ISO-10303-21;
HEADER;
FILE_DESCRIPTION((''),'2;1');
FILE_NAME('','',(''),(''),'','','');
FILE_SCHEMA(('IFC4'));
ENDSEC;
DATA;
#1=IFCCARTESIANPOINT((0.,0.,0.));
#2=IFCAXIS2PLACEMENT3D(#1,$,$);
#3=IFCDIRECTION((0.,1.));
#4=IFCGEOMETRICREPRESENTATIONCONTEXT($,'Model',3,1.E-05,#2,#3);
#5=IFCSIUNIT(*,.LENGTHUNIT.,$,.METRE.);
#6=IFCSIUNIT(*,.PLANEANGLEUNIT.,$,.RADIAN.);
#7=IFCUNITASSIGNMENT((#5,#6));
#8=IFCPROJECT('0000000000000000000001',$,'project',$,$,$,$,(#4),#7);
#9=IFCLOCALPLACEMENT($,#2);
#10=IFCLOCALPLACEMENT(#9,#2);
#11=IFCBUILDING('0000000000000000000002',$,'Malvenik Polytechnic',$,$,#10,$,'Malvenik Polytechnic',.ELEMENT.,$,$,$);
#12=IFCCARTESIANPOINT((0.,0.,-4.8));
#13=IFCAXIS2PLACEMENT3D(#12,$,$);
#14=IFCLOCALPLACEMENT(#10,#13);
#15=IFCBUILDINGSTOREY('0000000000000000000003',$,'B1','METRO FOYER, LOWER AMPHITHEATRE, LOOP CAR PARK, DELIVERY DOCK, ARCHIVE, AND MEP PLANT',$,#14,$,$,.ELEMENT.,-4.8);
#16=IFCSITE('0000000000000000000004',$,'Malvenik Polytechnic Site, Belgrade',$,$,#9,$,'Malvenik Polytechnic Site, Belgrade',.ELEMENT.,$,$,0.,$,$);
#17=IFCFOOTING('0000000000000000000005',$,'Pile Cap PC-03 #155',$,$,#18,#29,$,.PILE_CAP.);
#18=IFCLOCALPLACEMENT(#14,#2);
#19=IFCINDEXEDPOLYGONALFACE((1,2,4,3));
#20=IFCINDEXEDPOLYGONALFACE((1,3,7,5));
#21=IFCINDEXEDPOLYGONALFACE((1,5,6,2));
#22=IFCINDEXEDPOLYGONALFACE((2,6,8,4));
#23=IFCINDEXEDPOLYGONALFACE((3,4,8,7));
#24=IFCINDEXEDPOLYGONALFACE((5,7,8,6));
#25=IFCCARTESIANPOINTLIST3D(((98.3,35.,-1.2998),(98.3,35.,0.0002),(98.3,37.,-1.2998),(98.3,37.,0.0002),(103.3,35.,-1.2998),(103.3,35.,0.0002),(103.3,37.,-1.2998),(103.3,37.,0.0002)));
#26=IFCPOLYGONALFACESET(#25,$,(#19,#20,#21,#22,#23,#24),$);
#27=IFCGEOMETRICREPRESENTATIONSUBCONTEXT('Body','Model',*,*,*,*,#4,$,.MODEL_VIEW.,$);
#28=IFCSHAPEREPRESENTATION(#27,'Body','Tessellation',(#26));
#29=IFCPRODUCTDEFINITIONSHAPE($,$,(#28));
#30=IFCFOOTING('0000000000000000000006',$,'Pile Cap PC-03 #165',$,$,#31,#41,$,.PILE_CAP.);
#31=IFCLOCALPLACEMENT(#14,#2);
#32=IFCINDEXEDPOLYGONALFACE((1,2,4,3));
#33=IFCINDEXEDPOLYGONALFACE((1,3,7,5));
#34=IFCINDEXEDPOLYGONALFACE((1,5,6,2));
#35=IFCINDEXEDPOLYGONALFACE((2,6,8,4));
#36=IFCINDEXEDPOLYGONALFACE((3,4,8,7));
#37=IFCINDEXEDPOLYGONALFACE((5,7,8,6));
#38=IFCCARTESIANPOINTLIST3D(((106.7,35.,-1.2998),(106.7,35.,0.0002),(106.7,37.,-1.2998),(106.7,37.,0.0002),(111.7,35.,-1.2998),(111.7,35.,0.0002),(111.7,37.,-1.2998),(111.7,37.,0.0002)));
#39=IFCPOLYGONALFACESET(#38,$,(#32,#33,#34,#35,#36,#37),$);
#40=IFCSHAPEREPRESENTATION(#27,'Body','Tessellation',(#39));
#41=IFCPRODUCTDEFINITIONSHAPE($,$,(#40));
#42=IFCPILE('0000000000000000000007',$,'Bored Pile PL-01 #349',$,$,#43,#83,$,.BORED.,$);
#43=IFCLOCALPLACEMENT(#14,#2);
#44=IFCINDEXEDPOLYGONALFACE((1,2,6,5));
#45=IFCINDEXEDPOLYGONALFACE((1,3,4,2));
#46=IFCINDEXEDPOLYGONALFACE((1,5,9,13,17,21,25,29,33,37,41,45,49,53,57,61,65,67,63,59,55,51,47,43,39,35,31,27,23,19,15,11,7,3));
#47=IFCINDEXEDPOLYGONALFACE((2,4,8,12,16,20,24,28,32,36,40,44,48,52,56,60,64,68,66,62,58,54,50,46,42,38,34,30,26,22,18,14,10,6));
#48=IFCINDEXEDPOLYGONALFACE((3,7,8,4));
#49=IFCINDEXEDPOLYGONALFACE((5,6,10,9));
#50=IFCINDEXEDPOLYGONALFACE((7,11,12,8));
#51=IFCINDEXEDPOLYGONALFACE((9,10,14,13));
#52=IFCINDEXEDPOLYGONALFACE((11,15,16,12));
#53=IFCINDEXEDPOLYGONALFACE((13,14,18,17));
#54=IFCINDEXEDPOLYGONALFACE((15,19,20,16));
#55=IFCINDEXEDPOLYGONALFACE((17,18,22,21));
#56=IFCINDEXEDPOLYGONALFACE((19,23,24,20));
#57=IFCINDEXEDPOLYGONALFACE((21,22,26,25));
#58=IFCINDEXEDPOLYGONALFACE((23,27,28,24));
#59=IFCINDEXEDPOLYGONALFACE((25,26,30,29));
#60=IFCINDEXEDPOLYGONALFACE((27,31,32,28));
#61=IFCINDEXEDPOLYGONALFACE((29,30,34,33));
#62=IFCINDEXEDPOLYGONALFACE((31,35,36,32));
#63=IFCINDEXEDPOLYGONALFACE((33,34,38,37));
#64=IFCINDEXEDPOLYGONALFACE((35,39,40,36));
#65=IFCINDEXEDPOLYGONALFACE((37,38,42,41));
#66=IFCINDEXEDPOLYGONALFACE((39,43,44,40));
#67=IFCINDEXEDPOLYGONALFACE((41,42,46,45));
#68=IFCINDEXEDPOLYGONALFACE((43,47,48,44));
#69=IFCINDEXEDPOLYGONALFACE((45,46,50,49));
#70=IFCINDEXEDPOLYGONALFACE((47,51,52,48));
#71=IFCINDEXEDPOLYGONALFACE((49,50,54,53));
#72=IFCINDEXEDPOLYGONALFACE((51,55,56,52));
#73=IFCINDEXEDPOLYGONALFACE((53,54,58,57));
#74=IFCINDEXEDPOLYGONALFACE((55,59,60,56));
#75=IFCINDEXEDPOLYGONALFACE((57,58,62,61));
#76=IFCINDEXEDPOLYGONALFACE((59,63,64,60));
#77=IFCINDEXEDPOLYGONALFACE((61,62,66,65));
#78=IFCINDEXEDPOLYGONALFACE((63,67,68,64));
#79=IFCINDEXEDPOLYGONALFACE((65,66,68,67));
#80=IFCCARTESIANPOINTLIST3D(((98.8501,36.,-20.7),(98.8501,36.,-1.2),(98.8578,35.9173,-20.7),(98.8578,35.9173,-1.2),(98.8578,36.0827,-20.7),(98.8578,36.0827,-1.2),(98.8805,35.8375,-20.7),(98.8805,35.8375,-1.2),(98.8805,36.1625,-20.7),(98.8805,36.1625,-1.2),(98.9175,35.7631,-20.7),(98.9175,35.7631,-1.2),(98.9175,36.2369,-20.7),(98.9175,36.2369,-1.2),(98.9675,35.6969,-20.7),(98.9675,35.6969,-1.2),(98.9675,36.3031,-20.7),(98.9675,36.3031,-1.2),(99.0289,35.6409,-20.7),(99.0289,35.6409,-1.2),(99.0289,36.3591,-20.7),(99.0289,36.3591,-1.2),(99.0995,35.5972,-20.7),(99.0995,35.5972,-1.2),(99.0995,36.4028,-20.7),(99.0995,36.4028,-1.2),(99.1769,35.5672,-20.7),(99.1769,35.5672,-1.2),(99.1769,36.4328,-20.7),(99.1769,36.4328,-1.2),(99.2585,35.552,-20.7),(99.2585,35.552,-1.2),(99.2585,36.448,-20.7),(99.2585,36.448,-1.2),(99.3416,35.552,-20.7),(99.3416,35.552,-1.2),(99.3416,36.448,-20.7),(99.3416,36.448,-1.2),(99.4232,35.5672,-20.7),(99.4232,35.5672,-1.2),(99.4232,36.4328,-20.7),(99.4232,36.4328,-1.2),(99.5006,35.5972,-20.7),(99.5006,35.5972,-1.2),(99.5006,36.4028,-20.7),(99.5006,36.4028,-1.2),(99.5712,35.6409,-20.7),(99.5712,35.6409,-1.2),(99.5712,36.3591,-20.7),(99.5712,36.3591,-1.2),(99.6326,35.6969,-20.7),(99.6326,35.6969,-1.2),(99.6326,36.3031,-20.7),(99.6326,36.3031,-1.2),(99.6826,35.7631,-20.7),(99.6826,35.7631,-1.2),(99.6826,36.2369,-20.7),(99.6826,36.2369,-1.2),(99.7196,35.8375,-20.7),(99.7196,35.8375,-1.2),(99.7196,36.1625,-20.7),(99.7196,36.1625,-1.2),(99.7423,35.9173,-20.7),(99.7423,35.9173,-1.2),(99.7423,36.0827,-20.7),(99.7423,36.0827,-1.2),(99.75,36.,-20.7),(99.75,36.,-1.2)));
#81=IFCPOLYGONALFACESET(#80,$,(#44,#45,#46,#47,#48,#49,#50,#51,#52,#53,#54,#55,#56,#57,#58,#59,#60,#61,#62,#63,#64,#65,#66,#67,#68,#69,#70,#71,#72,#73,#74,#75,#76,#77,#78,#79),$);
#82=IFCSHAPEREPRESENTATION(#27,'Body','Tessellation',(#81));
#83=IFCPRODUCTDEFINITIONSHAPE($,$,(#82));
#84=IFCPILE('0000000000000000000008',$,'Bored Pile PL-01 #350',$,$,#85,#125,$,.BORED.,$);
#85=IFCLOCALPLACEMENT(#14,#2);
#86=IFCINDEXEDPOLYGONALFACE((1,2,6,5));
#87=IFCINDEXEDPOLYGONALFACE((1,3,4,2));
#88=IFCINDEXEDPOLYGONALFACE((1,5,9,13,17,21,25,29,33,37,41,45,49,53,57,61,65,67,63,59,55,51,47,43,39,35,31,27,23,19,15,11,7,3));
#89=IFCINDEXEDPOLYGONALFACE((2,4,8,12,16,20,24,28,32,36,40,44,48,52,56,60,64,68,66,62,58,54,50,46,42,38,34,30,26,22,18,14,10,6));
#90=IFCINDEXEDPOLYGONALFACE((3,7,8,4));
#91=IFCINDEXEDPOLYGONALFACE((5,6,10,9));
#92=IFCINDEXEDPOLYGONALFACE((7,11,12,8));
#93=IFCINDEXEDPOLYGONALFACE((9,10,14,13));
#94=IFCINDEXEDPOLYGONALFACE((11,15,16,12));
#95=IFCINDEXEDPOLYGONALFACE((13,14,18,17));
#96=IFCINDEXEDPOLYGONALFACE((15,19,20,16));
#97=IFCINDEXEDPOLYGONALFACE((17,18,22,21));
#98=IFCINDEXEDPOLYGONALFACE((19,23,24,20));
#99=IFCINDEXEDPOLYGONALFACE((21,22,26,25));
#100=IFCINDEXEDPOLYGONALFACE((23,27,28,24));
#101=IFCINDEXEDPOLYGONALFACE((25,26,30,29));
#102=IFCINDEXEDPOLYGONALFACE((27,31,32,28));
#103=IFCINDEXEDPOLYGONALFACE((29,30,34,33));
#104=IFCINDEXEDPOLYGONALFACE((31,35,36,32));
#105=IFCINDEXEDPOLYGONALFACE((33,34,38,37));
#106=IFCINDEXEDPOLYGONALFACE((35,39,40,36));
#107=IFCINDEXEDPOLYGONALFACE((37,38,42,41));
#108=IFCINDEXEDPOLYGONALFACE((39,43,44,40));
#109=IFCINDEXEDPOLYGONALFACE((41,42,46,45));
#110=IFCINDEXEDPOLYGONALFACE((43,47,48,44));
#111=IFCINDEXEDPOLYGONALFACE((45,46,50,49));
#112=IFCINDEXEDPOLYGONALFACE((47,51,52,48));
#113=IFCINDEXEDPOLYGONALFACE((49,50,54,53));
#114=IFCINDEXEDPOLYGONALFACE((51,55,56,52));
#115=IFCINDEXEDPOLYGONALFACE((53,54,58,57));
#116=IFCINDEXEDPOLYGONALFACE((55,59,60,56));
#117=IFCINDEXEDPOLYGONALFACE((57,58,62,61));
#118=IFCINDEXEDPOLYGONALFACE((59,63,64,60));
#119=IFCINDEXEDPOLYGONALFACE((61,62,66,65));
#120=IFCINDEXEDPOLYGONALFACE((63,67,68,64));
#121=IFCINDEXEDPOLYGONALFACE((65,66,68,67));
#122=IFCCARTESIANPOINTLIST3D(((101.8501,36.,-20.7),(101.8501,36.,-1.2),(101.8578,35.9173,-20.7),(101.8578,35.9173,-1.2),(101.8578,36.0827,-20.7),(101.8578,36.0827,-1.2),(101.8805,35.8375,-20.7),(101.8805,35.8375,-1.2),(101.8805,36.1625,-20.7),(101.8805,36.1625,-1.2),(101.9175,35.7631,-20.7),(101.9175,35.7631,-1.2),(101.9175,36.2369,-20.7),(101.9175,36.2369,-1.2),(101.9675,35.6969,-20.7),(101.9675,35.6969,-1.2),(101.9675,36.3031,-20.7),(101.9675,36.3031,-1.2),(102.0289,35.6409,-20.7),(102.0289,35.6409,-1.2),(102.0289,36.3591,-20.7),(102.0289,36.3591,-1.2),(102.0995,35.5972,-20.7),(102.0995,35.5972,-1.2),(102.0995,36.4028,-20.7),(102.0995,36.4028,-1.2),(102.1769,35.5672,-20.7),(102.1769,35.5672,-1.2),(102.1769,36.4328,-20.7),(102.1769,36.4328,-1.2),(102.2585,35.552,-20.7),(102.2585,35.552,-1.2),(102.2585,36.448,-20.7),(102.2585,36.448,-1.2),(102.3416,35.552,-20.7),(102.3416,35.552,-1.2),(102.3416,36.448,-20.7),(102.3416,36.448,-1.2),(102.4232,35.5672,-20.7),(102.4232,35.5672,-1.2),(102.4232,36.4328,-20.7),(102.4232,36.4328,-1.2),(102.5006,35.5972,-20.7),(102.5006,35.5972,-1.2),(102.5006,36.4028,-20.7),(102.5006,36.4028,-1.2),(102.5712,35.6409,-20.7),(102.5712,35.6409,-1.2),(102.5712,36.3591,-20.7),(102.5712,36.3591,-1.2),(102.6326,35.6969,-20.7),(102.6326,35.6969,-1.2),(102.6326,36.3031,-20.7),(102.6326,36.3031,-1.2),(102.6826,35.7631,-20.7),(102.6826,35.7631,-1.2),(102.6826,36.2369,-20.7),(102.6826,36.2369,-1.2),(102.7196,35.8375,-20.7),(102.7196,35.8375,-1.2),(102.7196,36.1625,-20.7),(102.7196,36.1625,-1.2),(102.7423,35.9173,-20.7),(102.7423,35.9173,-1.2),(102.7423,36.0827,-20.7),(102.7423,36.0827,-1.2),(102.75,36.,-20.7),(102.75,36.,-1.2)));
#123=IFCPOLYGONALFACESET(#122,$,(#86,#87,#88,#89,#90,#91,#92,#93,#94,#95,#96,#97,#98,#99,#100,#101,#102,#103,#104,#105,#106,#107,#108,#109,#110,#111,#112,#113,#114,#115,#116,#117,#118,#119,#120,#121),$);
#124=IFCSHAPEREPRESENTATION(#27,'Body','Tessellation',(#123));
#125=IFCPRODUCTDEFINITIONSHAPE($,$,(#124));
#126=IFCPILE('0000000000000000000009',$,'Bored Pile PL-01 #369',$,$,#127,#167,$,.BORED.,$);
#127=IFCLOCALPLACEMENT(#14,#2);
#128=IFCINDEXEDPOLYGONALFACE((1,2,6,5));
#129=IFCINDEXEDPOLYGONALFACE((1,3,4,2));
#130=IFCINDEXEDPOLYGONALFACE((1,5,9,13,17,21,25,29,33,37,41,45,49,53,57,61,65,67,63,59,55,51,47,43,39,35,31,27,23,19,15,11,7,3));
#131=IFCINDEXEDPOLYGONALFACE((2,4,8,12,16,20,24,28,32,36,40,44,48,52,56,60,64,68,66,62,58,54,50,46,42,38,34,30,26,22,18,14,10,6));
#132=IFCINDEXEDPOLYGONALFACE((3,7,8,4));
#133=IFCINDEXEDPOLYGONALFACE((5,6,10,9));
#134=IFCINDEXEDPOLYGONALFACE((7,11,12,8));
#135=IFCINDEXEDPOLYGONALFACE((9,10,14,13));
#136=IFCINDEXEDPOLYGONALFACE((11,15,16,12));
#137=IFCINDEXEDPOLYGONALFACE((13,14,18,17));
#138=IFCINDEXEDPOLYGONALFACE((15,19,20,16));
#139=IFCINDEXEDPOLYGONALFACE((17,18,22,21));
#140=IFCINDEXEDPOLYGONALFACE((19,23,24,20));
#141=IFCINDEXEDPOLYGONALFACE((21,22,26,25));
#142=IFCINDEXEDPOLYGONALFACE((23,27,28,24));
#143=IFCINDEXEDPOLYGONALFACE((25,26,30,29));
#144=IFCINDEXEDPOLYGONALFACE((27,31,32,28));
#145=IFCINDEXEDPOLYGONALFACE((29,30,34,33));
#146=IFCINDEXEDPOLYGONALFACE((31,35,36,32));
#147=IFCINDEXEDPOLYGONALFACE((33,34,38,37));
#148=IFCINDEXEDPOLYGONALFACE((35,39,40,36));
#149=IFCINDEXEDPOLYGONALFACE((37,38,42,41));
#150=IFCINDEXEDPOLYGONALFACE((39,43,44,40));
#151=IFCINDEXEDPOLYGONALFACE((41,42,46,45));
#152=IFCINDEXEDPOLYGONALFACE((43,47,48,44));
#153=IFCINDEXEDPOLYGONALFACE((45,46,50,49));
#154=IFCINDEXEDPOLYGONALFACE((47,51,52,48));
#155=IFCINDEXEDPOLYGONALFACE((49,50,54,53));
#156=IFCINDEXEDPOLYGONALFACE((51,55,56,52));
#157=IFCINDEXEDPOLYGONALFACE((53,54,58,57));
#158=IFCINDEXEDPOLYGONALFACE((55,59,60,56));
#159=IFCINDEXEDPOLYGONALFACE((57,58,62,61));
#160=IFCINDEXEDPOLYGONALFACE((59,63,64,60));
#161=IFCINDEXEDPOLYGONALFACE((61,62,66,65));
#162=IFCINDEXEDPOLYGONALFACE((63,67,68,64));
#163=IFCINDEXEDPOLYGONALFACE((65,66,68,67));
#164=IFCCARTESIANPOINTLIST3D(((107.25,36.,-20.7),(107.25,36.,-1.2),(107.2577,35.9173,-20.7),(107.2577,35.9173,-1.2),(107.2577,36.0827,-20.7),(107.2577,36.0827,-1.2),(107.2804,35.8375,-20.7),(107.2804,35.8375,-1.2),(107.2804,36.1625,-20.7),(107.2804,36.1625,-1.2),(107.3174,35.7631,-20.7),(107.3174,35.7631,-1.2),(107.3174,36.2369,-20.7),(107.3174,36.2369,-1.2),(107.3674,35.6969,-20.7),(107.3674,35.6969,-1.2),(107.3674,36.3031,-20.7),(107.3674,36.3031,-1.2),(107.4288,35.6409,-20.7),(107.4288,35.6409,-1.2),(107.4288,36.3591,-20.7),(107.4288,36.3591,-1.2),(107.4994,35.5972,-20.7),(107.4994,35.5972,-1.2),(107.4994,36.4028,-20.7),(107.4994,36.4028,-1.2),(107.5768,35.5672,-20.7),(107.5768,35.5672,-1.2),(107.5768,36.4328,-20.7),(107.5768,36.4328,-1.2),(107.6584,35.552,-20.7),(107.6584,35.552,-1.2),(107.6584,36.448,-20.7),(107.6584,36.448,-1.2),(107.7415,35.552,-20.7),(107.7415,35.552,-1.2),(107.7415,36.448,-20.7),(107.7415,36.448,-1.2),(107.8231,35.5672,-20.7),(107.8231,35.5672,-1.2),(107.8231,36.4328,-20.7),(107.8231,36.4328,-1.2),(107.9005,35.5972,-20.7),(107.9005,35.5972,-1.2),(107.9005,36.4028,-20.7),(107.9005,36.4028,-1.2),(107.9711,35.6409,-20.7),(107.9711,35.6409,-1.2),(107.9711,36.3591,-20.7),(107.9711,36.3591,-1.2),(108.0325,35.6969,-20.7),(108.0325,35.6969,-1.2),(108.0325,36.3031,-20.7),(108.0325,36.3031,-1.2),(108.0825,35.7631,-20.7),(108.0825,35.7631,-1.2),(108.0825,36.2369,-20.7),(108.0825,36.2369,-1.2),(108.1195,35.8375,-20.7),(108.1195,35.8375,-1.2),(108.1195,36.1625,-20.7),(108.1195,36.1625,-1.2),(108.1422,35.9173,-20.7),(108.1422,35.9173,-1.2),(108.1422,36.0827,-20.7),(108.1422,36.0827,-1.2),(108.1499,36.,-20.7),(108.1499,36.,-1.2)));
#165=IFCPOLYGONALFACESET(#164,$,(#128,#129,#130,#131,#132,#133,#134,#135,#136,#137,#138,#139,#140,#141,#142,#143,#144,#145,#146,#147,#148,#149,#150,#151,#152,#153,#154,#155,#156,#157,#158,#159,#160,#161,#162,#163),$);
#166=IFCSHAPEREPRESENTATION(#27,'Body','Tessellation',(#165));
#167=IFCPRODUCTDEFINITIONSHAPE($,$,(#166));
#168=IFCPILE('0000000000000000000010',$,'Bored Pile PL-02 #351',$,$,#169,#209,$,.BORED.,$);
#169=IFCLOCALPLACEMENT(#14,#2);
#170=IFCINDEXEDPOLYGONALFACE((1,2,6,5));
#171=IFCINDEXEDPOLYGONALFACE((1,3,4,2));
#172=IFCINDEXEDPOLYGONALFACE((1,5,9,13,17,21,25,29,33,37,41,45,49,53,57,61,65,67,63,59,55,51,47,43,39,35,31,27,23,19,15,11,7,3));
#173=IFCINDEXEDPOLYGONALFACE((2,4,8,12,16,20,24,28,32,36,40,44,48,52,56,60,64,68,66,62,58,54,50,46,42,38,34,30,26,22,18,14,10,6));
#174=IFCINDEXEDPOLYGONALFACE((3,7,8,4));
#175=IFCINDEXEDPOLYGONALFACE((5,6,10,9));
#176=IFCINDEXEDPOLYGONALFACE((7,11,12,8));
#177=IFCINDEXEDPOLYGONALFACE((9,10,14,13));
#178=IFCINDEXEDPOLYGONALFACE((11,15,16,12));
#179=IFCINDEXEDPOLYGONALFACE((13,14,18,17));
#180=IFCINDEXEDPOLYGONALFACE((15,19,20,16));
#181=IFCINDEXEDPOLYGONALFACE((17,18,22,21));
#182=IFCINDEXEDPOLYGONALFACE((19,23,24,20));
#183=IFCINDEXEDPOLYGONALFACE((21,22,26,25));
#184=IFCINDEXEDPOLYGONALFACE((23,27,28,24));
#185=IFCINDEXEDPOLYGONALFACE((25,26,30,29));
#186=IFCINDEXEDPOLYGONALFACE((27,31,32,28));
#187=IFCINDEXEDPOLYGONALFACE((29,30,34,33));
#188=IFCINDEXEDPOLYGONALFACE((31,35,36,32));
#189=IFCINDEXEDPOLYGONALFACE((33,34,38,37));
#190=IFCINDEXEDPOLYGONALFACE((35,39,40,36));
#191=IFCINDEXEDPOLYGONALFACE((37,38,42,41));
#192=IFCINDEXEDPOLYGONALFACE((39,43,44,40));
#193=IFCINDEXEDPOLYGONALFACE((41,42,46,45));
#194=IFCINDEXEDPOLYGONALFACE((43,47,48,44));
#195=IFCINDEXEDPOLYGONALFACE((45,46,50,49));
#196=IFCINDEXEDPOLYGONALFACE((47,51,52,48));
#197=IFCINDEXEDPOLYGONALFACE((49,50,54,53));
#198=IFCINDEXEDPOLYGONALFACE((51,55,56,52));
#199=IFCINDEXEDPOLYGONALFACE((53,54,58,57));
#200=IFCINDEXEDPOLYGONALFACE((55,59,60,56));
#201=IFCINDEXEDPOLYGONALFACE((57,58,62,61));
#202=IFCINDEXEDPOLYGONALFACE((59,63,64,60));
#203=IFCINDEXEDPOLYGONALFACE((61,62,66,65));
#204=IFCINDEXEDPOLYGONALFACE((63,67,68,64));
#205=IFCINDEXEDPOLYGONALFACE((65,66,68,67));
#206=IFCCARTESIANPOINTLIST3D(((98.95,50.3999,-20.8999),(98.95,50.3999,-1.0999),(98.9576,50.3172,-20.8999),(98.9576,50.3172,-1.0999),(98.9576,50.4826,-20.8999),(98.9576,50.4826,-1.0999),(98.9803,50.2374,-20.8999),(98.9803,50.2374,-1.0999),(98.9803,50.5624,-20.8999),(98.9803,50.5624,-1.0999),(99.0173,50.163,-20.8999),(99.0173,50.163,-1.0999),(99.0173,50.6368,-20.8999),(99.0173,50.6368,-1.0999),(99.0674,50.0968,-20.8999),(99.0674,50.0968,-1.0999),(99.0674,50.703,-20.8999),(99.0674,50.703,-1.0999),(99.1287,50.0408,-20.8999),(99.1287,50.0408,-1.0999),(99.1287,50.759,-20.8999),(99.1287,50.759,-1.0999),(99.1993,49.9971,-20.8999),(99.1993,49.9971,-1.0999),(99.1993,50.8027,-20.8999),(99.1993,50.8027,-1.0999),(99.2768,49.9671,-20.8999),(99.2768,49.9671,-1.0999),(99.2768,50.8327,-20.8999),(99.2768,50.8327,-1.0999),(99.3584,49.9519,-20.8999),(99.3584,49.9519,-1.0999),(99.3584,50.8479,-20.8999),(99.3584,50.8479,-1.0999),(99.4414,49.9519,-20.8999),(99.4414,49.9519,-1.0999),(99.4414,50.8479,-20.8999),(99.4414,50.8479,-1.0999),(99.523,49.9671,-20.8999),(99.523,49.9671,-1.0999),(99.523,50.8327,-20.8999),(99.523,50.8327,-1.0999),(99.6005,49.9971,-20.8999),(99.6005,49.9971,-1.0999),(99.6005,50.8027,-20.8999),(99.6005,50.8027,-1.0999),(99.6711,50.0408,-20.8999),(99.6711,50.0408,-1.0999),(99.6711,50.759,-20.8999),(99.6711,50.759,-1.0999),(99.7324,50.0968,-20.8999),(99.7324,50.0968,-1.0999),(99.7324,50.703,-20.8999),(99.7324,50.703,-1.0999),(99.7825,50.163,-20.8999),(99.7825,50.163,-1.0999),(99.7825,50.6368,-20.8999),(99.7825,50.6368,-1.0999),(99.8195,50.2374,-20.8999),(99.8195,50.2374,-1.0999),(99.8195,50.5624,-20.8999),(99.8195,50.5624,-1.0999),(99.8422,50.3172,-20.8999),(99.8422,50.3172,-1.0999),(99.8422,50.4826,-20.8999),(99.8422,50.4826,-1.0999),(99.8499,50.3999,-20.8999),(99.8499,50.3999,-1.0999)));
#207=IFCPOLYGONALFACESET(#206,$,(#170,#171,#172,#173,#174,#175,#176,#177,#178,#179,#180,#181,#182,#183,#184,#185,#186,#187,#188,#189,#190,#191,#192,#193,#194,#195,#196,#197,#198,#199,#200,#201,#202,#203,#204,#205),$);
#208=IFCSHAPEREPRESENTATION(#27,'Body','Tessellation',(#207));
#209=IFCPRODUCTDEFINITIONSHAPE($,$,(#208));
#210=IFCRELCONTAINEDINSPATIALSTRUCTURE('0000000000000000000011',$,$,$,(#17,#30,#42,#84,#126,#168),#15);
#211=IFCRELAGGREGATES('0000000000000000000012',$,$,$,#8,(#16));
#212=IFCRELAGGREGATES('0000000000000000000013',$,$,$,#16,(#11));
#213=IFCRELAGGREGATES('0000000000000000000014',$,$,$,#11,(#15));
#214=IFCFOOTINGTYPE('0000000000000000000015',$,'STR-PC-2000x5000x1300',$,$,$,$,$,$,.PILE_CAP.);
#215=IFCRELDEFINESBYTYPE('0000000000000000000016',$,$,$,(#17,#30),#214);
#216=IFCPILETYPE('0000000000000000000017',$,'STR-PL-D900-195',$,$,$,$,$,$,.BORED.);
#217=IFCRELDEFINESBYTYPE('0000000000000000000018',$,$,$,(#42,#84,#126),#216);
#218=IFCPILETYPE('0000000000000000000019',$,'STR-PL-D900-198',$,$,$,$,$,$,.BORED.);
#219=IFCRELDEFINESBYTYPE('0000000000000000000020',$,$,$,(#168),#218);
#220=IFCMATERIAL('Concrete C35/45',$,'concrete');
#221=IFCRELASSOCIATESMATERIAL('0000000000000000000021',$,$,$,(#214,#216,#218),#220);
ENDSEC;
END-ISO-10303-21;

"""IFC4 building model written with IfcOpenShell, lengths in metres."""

from ifc_helpers import new_model, si_unit, direction, frame, origin, origin_2d, place, context, subcontext, project, spatial, rectangle, circle, extrude, material, material_profile, profile_set, type_object, element, save


model = new_model("IFC4")

# Units and contexts
model_context = context("Model", 3, precision=1e-05, world=origin(), true_north=direction((0.0, 1.0)))
body_context = subcontext(model_context, "Body", "Model", "MODEL_VIEW")
ifc_project = project(units=[si_unit("LENGTHUNIT", "METRE"), si_unit("PLANEANGLEUNIT", "RADIAN")], contexts=[model_context])

# Site, building, storey
site_placement = place(None, origin())
site = spatial("IfcSite", under=ifc_project, at=site_placement, Name="Malvenik Polytechnic Site, Belgrade", LongName="Malvenik Polytechnic Site, Belgrade", CompositionType="ELEMENT", RefElevation=0.0)
building_placement = place(site_placement, origin())
building = spatial("IfcBuilding", under=site, at=building_placement, Name="Malvenik Polytechnic", LongName="Malvenik Polytechnic", CompositionType="ELEMENT")
storey_placement = place(building_placement, frame((0.0, 0.0, -4.8)))
storey = spatial("IfcBuildingStorey", under=building, at=storey_placement, Name="B1", Description="METRO FOYER, LOWER AMPHITHEATRE, LOOP CAR PARK, DELIVERY DOCK, ARCHIVE, AND MEP PLANT", CompositionType="ELEMENT", Elevation=-4.8)

# Footings
ifc_material_1 = material(Name="Concrete C35/45", Category="concrete")
footing_type = type_object("IfcFootingType", Name="STR-PC-2000x5000x1300", PredefinedType="PILE_CAP", material=ifc_material_1)
for number, where, z_axis, x_axis, name in (
    (1, (100.8, 36.0, -1.2998), (0.0, 0.0, 1.0), (1.0, 0.0, 0.0), "Pile Cap PC-03 #155"),
    (2, (109.2, 36.0, -1.2998), (0.0, 0.0, 1.0), (1.0, 0.0, 0.0), "Pile Cap PC-03 #165"),
):
    element("IfcFooting", number, at=place(storey_placement, frame(where, z_axis=z_axis, x_axis=x_axis)), inside=storey, type_object=footing_type, Name=name, PredefinedType="PILE_CAP", context=body_context, shape_type="SweptSolid", body=[
        extrude(rectangle(XDim=5.0, YDim=2.0, at=origin_2d()), origin(), (0.0, 0.0, 1.0), 1.3),
    ])

# Piles
ifc_material_profile_1 = material_profile(ifc_material_1, circle(Radius=0.45, at=origin_2d()), Name="BORED PILE D900")
ifc_profile_set_1 = profile_set([ifc_material_profile_1], Name="Concrete C35/45")
pile_type_1 = type_object("IfcPileType", Name="STR-PL-D900-195", PredefinedType="BORED", material=ifc_profile_set_1)
for number, where, z_axis, x_axis, name in (
    (3, (99.3, 36.0, -1.2), (0.0, 0.0, -1.0), (1.0, 0.0, 0.0), "Bored Pile PL-01 #349"),
    (4, (102.3, 36.0, -1.2), (0.0, 0.0, -1.0), (1.0, 0.0, 0.0), "Bored Pile PL-01 #350"),
    (5, (107.7, 36.0, -1.2), (0.0, 0.0, -1.0), (1.0, 0.0, 0.0), "Bored Pile PL-01 #369"),
):
    element("IfcPile", number, at=place(storey_placement, frame(where, z_axis=z_axis, x_axis=x_axis)), inside=storey, type_object=pile_type_1, Name=name, PredefinedType="BORED", context=body_context, shape_type="SweptSolid", body=[
        extrude(circle(Radius=0.45, at=origin_2d()), origin(), (0.0, 0.0, 1.0), 19.5),
    ])
ifc_material_profile_2 = material_profile(ifc_material_1, circle(Radius=0.45, at=origin_2d()), Name="BORED PILE D900")
ifc_profile_set_2 = profile_set([ifc_material_profile_2], Name="Concrete C35/45")
pile_type_2 = type_object("IfcPileType", Name="STR-PL-D900-198", PredefinedType="BORED", material=ifc_profile_set_2)
pile_placement = place(storey_placement, frame((99.3999, 50.3999, -1.0999), z_axis=(0.0, 0.0, -1.0), x_axis=(1.0, 0.0, 0.0)))
element("IfcPile", 6, at=pile_placement, inside=storey, type_object=pile_type_2, Name="Bored Pile PL-02 #351", PredefinedType="BORED", context=body_context, shape_type="SweptSolid", body=[
    extrude(circle(Radius=0.45, at=origin_2d()), origin(), (0.0, 0.0, 1.0), 19.8),
])

save(model, "model.ifc")
